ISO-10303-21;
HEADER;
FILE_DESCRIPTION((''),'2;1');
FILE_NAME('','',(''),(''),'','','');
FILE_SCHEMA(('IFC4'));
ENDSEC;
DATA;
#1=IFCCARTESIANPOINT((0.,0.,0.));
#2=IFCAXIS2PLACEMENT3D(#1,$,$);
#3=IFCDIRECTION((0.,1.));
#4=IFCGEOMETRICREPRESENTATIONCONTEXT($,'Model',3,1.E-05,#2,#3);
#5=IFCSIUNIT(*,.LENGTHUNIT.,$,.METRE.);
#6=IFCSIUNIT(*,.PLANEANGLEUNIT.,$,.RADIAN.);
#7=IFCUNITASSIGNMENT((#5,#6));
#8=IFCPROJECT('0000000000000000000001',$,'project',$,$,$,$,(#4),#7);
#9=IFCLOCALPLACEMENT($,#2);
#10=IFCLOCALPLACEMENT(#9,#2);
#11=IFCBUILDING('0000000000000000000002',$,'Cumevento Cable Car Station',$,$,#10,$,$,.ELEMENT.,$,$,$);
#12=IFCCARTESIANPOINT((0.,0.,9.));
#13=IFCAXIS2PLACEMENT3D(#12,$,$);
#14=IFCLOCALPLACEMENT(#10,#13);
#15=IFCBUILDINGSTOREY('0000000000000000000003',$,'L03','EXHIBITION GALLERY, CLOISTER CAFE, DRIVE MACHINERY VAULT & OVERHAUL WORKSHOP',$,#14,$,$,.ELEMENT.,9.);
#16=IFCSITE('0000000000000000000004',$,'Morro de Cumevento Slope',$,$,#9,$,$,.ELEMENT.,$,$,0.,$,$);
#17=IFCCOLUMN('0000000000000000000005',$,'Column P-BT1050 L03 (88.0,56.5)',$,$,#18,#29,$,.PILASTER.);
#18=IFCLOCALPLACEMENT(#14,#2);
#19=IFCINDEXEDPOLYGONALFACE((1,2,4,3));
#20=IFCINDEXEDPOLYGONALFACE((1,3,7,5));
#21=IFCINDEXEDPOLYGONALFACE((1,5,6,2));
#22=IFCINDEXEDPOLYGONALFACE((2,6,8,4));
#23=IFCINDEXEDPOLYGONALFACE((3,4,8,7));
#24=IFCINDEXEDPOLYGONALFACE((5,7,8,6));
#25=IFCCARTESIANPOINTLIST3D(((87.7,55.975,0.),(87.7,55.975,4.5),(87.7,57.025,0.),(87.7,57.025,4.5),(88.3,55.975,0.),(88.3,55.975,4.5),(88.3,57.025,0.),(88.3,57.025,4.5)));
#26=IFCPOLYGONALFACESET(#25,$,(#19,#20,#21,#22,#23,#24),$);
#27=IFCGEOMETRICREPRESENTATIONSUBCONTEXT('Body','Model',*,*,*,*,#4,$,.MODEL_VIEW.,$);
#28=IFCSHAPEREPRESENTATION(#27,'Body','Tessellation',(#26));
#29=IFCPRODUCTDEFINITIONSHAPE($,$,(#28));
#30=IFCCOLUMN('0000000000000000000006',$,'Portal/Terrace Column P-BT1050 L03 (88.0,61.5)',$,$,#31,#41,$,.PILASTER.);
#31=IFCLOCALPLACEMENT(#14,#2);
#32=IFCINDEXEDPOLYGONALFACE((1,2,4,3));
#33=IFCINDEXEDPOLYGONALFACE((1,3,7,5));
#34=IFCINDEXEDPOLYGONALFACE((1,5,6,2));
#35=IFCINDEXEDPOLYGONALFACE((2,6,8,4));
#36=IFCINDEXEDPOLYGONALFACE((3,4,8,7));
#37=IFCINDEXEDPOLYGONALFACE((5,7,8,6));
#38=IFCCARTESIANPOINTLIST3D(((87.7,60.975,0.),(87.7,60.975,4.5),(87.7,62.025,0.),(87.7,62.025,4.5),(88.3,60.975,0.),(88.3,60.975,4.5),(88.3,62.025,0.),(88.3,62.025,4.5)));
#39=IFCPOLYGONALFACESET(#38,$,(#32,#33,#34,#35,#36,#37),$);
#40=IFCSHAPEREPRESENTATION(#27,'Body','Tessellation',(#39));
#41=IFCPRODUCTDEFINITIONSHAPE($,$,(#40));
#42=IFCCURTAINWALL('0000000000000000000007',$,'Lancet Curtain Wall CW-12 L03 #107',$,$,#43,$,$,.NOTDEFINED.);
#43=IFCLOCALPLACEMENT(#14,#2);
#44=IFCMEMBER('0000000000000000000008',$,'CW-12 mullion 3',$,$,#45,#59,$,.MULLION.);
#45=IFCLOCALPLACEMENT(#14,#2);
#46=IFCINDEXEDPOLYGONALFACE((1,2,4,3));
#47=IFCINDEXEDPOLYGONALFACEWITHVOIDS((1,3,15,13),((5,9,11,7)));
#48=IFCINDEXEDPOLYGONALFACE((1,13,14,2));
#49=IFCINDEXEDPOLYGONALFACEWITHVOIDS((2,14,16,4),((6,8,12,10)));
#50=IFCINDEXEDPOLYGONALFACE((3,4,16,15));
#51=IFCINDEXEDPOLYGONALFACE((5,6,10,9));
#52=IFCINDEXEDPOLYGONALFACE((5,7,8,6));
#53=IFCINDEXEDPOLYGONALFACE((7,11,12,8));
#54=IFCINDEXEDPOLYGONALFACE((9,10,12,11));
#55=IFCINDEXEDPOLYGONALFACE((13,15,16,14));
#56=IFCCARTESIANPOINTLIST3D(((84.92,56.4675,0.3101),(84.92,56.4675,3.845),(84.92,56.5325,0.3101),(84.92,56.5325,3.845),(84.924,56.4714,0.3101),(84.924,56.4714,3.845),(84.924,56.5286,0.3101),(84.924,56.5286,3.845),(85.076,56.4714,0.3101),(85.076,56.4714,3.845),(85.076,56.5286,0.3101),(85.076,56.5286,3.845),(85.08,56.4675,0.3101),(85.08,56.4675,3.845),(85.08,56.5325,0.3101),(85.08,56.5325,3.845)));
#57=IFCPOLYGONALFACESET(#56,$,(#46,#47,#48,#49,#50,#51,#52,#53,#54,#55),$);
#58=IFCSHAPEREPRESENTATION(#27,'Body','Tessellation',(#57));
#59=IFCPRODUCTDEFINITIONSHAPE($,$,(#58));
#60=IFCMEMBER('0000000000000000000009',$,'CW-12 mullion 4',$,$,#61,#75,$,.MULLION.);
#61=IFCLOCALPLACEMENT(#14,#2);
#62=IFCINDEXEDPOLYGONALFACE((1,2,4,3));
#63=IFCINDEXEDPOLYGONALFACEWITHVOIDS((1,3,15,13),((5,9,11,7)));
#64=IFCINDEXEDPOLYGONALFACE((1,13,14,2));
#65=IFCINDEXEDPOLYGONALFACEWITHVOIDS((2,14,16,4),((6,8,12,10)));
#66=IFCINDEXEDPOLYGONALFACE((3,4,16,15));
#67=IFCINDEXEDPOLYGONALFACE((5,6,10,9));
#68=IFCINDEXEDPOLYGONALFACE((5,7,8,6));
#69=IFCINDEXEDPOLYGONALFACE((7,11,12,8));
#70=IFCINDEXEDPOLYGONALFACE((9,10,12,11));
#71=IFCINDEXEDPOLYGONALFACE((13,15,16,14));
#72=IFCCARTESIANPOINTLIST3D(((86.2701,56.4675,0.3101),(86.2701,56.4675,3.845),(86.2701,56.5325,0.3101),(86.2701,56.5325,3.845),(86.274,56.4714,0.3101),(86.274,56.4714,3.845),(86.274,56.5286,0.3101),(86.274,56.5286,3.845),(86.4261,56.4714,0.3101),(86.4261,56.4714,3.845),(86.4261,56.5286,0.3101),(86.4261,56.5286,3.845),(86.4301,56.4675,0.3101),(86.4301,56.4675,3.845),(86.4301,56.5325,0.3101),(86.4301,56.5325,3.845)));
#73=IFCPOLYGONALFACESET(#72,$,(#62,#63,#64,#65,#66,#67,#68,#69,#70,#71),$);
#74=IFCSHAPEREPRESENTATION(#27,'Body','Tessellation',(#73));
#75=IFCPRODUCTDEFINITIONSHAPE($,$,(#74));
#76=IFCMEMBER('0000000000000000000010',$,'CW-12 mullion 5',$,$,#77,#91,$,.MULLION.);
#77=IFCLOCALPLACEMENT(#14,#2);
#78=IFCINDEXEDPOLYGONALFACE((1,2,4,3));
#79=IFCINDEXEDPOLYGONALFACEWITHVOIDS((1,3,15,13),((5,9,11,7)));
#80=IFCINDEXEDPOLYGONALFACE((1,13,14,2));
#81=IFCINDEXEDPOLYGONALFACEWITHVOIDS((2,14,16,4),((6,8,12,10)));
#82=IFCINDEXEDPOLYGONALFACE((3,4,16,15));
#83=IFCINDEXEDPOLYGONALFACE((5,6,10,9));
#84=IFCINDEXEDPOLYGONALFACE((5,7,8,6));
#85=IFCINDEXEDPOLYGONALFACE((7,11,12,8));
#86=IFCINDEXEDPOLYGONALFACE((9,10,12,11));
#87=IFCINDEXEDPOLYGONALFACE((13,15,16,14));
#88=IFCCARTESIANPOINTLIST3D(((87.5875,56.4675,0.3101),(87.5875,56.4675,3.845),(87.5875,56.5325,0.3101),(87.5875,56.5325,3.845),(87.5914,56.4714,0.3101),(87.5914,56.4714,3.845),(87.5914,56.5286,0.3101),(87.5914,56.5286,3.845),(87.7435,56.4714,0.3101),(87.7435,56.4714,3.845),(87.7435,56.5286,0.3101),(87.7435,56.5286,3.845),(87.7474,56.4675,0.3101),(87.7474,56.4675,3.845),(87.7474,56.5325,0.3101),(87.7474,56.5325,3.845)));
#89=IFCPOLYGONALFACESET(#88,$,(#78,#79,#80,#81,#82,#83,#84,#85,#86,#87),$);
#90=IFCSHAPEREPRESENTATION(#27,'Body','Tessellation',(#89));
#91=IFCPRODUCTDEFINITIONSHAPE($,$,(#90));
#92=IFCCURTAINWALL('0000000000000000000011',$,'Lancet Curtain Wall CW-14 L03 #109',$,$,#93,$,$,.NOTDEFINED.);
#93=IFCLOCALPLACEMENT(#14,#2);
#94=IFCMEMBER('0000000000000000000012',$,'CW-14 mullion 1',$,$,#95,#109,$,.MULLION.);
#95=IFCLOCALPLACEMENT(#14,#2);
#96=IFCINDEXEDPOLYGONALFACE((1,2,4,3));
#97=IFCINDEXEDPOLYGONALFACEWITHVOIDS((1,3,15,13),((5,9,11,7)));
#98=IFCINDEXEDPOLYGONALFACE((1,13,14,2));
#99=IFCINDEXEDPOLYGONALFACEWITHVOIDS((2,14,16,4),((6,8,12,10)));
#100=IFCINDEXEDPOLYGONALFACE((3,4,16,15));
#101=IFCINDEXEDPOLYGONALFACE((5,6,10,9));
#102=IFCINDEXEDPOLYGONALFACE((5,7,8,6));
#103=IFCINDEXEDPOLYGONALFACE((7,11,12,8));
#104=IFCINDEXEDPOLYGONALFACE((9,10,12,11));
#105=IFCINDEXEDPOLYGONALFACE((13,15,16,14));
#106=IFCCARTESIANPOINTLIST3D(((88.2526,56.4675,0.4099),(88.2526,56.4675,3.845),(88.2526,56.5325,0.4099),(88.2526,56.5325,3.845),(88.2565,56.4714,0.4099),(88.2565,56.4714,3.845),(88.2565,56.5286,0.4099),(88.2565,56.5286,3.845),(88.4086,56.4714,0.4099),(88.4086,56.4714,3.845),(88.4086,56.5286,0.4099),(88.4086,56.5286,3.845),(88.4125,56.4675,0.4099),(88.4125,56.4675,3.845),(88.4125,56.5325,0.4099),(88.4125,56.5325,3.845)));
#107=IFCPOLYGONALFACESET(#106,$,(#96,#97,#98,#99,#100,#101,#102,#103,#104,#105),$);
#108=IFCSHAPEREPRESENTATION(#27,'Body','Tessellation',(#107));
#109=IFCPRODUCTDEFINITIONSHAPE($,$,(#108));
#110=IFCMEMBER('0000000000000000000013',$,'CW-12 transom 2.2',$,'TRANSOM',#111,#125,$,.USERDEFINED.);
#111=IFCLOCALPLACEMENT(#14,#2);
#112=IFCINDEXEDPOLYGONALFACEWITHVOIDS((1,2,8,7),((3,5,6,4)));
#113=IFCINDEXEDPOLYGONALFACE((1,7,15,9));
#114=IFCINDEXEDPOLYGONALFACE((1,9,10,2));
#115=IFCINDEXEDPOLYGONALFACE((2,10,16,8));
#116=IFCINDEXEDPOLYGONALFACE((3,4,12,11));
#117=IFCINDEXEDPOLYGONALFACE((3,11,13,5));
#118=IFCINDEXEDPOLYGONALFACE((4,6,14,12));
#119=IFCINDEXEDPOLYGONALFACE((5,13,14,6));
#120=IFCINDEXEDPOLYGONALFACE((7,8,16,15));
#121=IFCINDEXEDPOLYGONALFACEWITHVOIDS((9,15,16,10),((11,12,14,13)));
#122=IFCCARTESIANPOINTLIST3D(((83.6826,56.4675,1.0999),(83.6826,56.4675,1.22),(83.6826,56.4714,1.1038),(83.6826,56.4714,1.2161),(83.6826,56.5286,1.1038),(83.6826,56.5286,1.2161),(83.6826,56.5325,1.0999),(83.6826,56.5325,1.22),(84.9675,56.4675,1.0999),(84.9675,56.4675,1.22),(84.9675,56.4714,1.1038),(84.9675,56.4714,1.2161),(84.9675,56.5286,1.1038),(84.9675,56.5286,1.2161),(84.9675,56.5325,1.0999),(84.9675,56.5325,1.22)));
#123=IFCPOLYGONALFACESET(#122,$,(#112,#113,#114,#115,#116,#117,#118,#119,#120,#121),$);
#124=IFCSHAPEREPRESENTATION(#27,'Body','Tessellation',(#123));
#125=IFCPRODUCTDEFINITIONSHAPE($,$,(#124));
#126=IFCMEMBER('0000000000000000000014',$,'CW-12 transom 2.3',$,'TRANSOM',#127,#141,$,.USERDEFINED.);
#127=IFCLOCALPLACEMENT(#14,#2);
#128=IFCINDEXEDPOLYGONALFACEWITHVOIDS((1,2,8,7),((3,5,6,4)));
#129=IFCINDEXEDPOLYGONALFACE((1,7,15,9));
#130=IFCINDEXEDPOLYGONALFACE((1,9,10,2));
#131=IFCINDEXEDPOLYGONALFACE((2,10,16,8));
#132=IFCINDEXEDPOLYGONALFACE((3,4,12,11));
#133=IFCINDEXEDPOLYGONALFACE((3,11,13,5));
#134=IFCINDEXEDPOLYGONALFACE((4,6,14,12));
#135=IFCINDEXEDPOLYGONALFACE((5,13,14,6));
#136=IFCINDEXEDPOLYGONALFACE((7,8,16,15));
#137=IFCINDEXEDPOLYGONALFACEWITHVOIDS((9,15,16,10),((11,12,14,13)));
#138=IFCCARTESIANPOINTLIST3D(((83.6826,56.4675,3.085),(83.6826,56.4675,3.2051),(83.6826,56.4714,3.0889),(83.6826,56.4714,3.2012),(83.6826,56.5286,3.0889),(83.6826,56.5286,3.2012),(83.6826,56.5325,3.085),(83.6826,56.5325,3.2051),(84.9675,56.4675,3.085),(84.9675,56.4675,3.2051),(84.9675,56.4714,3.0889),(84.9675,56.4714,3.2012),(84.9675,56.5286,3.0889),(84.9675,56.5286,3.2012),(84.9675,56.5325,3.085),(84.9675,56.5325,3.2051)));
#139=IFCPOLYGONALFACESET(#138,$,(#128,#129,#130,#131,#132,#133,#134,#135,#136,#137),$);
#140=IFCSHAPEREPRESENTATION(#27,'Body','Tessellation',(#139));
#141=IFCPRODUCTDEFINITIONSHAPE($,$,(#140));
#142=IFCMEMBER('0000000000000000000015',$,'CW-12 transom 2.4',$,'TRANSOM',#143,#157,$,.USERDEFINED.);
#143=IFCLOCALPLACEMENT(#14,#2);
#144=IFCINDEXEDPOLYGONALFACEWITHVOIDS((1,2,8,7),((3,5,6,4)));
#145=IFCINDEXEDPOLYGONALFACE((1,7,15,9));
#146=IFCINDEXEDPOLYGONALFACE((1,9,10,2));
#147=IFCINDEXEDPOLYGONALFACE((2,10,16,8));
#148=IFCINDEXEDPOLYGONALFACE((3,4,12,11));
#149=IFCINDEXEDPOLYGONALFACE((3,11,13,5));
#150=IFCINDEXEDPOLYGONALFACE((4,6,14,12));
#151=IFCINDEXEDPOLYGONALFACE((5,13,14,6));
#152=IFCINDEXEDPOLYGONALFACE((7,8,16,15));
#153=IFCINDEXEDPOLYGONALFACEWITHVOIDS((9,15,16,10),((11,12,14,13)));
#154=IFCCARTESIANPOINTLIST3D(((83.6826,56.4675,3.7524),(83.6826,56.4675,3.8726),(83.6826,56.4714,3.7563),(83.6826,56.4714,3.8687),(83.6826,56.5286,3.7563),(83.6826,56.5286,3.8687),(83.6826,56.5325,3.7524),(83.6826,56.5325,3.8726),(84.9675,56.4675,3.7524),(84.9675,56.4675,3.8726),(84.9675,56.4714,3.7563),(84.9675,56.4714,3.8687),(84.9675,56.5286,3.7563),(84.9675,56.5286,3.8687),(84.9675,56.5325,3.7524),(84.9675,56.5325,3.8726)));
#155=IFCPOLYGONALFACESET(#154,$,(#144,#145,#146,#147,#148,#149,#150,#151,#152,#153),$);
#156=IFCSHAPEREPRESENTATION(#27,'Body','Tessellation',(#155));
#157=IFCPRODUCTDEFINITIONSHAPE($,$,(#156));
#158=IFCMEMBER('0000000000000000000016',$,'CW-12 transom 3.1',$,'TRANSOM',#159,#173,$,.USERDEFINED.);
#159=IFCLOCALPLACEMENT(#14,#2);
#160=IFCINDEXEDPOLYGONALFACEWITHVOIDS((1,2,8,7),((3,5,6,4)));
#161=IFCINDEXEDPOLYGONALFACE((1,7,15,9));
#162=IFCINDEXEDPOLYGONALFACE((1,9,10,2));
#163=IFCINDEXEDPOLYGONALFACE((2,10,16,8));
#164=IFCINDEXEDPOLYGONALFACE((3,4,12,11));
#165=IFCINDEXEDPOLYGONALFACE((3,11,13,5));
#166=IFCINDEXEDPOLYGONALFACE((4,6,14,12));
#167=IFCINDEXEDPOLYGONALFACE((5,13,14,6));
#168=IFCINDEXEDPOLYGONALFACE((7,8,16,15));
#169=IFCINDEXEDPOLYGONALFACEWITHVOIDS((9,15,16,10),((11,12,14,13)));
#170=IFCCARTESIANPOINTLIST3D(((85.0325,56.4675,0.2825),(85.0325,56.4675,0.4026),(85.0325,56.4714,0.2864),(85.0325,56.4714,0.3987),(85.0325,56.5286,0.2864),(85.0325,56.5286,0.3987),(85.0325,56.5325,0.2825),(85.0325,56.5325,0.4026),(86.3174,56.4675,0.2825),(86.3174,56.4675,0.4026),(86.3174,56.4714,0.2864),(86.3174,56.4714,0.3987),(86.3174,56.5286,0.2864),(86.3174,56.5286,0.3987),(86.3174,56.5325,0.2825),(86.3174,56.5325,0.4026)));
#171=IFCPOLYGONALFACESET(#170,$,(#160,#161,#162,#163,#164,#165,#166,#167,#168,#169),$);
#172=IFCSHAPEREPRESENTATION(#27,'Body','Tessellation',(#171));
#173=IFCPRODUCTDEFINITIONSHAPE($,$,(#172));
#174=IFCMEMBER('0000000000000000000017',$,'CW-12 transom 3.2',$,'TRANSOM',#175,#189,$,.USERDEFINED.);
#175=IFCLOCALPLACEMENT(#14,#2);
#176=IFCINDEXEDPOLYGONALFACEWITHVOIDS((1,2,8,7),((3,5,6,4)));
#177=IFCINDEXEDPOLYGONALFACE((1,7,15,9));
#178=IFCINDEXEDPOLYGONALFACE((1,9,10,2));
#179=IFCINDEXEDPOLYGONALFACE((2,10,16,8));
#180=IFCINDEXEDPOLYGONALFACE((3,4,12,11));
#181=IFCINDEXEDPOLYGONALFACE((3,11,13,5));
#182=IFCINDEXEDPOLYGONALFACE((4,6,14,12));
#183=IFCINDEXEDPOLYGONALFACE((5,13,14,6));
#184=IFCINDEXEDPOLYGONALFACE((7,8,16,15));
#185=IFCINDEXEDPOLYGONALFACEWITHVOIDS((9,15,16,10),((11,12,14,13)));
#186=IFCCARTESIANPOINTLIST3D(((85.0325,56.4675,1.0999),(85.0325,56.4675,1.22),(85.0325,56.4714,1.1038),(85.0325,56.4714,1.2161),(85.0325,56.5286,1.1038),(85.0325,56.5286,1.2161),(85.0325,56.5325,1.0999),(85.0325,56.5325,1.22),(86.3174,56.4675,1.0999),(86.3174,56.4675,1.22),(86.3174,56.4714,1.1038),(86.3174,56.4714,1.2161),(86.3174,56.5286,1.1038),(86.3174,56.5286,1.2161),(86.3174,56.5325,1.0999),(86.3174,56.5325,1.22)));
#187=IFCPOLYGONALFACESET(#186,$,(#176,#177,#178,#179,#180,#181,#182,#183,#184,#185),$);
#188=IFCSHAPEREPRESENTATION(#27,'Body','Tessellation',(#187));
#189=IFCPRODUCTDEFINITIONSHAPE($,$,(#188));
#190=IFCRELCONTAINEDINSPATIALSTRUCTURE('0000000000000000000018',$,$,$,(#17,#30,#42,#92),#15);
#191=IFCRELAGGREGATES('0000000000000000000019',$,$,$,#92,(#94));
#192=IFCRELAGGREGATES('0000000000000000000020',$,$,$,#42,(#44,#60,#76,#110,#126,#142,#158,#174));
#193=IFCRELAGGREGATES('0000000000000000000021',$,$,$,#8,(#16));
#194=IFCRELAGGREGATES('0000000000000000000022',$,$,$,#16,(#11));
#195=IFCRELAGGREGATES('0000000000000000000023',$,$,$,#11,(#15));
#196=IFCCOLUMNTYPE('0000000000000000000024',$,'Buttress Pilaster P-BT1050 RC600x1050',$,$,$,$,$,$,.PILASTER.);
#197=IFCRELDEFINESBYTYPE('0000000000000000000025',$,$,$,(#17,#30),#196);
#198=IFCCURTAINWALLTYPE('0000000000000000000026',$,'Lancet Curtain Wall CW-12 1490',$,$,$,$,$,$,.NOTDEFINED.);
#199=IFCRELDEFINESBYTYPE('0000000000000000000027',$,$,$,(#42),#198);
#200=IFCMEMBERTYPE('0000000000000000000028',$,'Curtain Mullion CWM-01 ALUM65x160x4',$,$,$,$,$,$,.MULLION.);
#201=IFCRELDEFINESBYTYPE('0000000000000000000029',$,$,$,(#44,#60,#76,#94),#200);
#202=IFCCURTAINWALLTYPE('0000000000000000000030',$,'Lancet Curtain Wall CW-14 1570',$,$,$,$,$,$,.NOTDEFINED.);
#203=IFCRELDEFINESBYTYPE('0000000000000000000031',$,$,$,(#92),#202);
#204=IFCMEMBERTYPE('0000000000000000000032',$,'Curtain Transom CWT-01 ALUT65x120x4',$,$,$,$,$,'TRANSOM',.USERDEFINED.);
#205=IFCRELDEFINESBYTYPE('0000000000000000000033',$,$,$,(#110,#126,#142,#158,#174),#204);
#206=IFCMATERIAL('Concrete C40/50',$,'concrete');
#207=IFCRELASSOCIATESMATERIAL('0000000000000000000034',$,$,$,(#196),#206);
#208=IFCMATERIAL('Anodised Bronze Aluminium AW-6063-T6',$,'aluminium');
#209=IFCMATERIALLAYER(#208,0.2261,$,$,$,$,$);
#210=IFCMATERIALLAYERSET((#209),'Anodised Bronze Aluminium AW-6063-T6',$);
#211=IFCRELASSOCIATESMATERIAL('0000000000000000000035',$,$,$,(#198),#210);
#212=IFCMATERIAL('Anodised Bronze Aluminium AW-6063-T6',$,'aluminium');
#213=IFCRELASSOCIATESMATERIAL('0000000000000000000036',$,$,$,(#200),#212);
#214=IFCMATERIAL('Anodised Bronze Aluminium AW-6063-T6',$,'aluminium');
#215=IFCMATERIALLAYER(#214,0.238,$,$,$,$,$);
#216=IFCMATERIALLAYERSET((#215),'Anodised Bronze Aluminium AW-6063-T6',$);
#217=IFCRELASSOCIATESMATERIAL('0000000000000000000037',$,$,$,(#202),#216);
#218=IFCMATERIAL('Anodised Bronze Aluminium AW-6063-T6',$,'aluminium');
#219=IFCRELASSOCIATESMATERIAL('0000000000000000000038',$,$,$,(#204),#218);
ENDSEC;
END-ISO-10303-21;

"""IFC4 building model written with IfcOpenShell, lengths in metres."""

from ifc_helpers import new_model, si_unit, direction, frame, origin, origin_2d, place, context, subcontext, project, spatial, rectangle, hollow_rectangle, extrude, material, layer, layer_set, material_profile, profile_set, type_object, element, aggregate, save


model = new_model("IFC4")

# Units and contexts
model_context = context("Model", 3, precision=1e-05, world=origin(), true_north=direction((0.0, 1.0)))
body_context = subcontext(model_context, "Body", "Model", "MODEL_VIEW")
ifc_project = project(units=[si_unit("LENGTHUNIT", "METRE"), si_unit("PLANEANGLEUNIT", "RADIAN")], contexts=[model_context])

# Site, building, storey
site_placement = place(None, origin())
site = spatial("IfcSite", under=ifc_project, at=site_placement, Name="Morro de Cumevento Slope", CompositionType="ELEMENT", RefElevation=0.0)
building_placement = place(site_placement, origin())
building = spatial("IfcBuilding", under=site, at=building_placement, Name="Cumevento Cable Car Station", CompositionType="ELEMENT")
storey_placement = place(building_placement, frame((0.0, 0.0, 9.0)))
storey = spatial("IfcBuildingStorey", under=building, at=storey_placement, Name="L03", Description="EXHIBITION GALLERY, CLOISTER CAFE, DRIVE MACHINERY VAULT & OVERHAUL WORKSHOP", CompositionType="ELEMENT", Elevation=9.0)

# Columns
ifc_material_1 = material(Name="Concrete C40/50", Category="concrete")
ifc_material_profile_1 = material_profile(ifc_material_1, rectangle(XDim=0.6001, YDim=1.05, at=origin_2d()), Name="RC600x1050")
ifc_profile_set_1 = profile_set([ifc_material_profile_1], Name="Concrete C40/50")
column_type = type_object("IfcColumnType", Name="Buttress Pilaster P-BT1050 RC600x1050", PredefinedType="PILASTER", material=ifc_profile_set_1)
for number, where, z_axis, x_axis, name in (
    (1, (88.0, 56.5, 0.0), (0.0, 0.0, 1.0), (1.0, 0.0, 0.0), "Column P-BT1050 L03 (88.0,56.5)"),
    (2, (88.0, 61.5, 0.0), (0.0, 0.0, 1.0), (1.0, 0.0, 0.0), "Portal/Terrace Column P-BT1050 L03 (88.0,61.5)"),
):
    element("IfcColumn", number, at=place(storey_placement, frame(where, z_axis=z_axis, x_axis=x_axis)), inside=storey, type_object=column_type, Name=name, PredefinedType="PILASTER", context=body_context, shape_type="SweptSolid", body=[
        extrude(rectangle(XDim=0.6001, YDim=1.05, at=origin_2d()), origin(), (0.0, 0.0, 1.0), 4.5),
    ])

# Curtain wall, members
ifc_material_2 = material(Name="Anodised Bronze Aluminium AW-6063-T6", Category="aluminium")
ifc_layer_1 = layer(ifc_material_2, 0.2261)
ifc_layer_set_1 = layer_set([ifc_layer_1], Name="Anodised Bronze Aluminium AW-6063-T6")
curtain_wall_type_1 = type_object("IfcCurtainWallType", Name="Lancet Curtain Wall CW-12 1490", PredefinedType="NOTDEFINED", material=ifc_layer_set_1)
curtain_wall_1_placement = place(storey_placement, origin())
curtain_wall_1 = element("IfcCurtainWall", 3, at=curtain_wall_1_placement, inside=storey, type_object=curtain_wall_type_1, Name="Lancet Curtain Wall CW-12 L03 #107", PredefinedType="NOTDEFINED")
ifc_material_3 = material(Name="Anodised Bronze Aluminium AW-6063-T6", Category="aluminium")
ifc_material_profile_2 = material_profile(ifc_material_3, hollow_rectangle(XDim=0.0649, YDim=0.1599, WallThickness=0.0039, at=origin_2d()), Name="ALUM65x160x4")
ifc_profile_set_2 = profile_set([ifc_material_profile_2], Name="Anodised Bronze Aluminium AW-6063-T6")
member_type_1 = type_object("IfcMemberType", Name="Curtain Mullion CWM-01 ALUM65x160x4", PredefinedType="MULLION", material=ifc_profile_set_2)
member_1_placement = place(storey_placement, frame((85.0, 56.5, 0.3101), z_axis=(0.0, 0.0, 1.0), x_axis=(0.0, 1.0, 0.0)))
member_1 = element("IfcMember", 4, at=member_1_placement, type_object=member_type_1, Name="CW-12 mullion 3", PredefinedType="MULLION", context=body_context, shape_type="SweptSolid", body=[
    extrude(hollow_rectangle(XDim=0.0649, YDim=0.1599, WallThickness=0.0039, at=origin_2d()), origin(), (0.0, 0.0, 1.0), 3.5349),
])
member_2_placement = place(storey_placement, frame((86.3501, 56.5, 0.3101), z_axis=(0.0, 0.0, 1.0), x_axis=(0.0, 1.0, 0.0)))
member_2 = element("IfcMember", 5, at=member_2_placement, type_object=member_type_1, Name="CW-12 mullion 4", PredefinedType="MULLION", context=body_context, shape_type="SweptSolid", body=[
    extrude(hollow_rectangle(XDim=0.0649, YDim=0.1599, WallThickness=0.0039, at=origin_2d()), origin(), (0.0, 0.0, 1.0), 3.5349),
])
member_3_placement = place(storey_placement, frame((87.6675, 56.5, 0.3101), z_axis=(0.0, 0.0, 1.0), x_axis=(0.0, 1.0, 0.0)))
member_3 = element("IfcMember", 6, at=member_3_placement, type_object=member_type_1, Name="CW-12 mullion 5", PredefinedType="MULLION", context=body_context, shape_type="SweptSolid", body=[
    extrude(hollow_rectangle(XDim=0.0649, YDim=0.1599, WallThickness=0.0039, at=origin_2d()), origin(), (0.0, 0.0, 1.0), 3.5349),
])

# Curtain wall, member
ifc_material_4 = material(Name="Anodised Bronze Aluminium AW-6063-T6", Category="aluminium")
ifc_layer_2 = layer(ifc_material_4, 0.238)
ifc_layer_set_2 = layer_set([ifc_layer_2], Name="Anodised Bronze Aluminium AW-6063-T6")
curtain_wall_type_2 = type_object("IfcCurtainWallType", Name="Lancet Curtain Wall CW-14 1570", PredefinedType="NOTDEFINED", material=ifc_layer_set_2)
curtain_wall_2_placement = place(storey_placement, origin())
curtain_wall_2 = element("IfcCurtainWall", 7, at=curtain_wall_2_placement, inside=storey, type_object=curtain_wall_type_2, Name="Lancet Curtain Wall CW-14 L03 #109", PredefinedType="NOTDEFINED")
member_4_placement = place(storey_placement, frame((88.3325, 56.5, 0.4099), z_axis=(0.0, 0.0, 1.0), x_axis=(0.0, 1.0, 0.0)))
member_4 = element("IfcMember", 8, at=member_4_placement, type_object=member_type_1, Name="CW-14 mullion 1", PredefinedType="MULLION", context=body_context, shape_type="SweptSolid", body=[
    extrude(hollow_rectangle(XDim=0.0649, YDim=0.1599, WallThickness=0.0039, at=origin_2d()), origin(), (0.0, 0.0, 1.0), 3.4351),
])
aggregate(curtain_wall_2, [member_4])

# Members
ifc_material_5 = material(Name="Anodised Bronze Aluminium AW-6063-T6", Category="aluminium")
ifc_material_profile_3 = material_profile(ifc_material_5, hollow_rectangle(XDim=0.0649, YDim=0.1201, WallThickness=0.0039, at=origin_2d()), Name="ALUT65x120x4")
ifc_profile_set_3 = profile_set([ifc_material_profile_3], Name="Anodised Bronze Aluminium AW-6063-T6")
member_type_2 = type_object("IfcMemberType", Name="Curtain Transom CWT-01 ALUT65x120x4", ElementType="TRANSOM", PredefinedType="USERDEFINED", material=ifc_profile_set_3)
member_5_placement = place(storey_placement, frame((83.6826, 56.5, 1.1599), z_axis=(1.0, 0.0, 0.0), x_axis=(0.0, 1.0, 0.0)))
member_5 = element("IfcMember", 9, at=member_5_placement, type_object=member_type_2, Name="CW-12 transom 2.2", ObjectType="TRANSOM", PredefinedType="USERDEFINED", context=body_context, shape_type="SweptSolid", body=[
    extrude(hollow_rectangle(XDim=0.0649, YDim=0.1201, WallThickness=0.0039, at=origin_2d()), origin(), (0.0, 0.0, 1.0), 1.2849),
])
member_6_placement = place(storey_placement, frame((83.6826, 56.5, 3.145), z_axis=(1.0, 0.0, 0.0), x_axis=(0.0, 1.0, 0.0)))
member_6 = element("IfcMember", 10, at=member_6_placement, type_object=member_type_2, Name="CW-12 transom 2.3", ObjectType="TRANSOM", PredefinedType="USERDEFINED", context=body_context, shape_type="SweptSolid", body=[
    extrude(hollow_rectangle(XDim=0.0649, YDim=0.1201, WallThickness=0.0039, at=origin_2d()), origin(), (0.0, 0.0, 1.0), 1.2849),
])
member_7_placement = place(storey_placement, frame((83.6826, 56.5, 3.8125), z_axis=(1.0, 0.0, 0.0), x_axis=(0.0, 1.0, 0.0)))
member_7 = element("IfcMember", 11, at=member_7_placement, type_object=member_type_2, Name="CW-12 transom 2.4", ObjectType="TRANSOM", PredefinedType="USERDEFINED", context=body_context, shape_type="SweptSolid", body=[
    extrude(hollow_rectangle(XDim=0.0649, YDim=0.1201, WallThickness=0.0039, at=origin_2d()), origin(), (0.0, 0.0, 1.0), 1.2849),
])
member_8_placement = place(storey_placement, frame((85.0325, 56.5, 0.3425), z_axis=(1.0, 0.0, 0.0), x_axis=(0.0, 1.0, 0.0)))
member_8 = element("IfcMember", 12, at=member_8_placement, type_object=member_type_2, Name="CW-12 transom 3.1", ObjectType="TRANSOM", PredefinedType="USERDEFINED", context=body_context, shape_type="SweptSolid", body=[
    extrude(hollow_rectangle(XDim=0.0649, YDim=0.1201, WallThickness=0.0039, at=origin_2d()), origin(), (0.0, 0.0, 1.0), 1.2849),
])
member_9_placement = place(storey_placement, frame((85.0325, 56.5, 1.1599), z_axis=(1.0, 0.0, 0.0), x_axis=(0.0, 1.0, 0.0)))
member_9 = element("IfcMember", 13, at=member_9_placement, type_object=member_type_2, Name="CW-12 transom 3.2", ObjectType="TRANSOM", PredefinedType="USERDEFINED", context=body_context, shape_type="SweptSolid", body=[
    extrude(hollow_rectangle(XDim=0.0649, YDim=0.1201, WallThickness=0.0039, at=origin_2d()), origin(), (0.0, 0.0, 1.0), 1.2849),
])

aggregate(curtain_wall_1, [member_1, member_2, member_3, member_5, member_6, member_7, member_8, member_9])

save(model, "model.ifc")
